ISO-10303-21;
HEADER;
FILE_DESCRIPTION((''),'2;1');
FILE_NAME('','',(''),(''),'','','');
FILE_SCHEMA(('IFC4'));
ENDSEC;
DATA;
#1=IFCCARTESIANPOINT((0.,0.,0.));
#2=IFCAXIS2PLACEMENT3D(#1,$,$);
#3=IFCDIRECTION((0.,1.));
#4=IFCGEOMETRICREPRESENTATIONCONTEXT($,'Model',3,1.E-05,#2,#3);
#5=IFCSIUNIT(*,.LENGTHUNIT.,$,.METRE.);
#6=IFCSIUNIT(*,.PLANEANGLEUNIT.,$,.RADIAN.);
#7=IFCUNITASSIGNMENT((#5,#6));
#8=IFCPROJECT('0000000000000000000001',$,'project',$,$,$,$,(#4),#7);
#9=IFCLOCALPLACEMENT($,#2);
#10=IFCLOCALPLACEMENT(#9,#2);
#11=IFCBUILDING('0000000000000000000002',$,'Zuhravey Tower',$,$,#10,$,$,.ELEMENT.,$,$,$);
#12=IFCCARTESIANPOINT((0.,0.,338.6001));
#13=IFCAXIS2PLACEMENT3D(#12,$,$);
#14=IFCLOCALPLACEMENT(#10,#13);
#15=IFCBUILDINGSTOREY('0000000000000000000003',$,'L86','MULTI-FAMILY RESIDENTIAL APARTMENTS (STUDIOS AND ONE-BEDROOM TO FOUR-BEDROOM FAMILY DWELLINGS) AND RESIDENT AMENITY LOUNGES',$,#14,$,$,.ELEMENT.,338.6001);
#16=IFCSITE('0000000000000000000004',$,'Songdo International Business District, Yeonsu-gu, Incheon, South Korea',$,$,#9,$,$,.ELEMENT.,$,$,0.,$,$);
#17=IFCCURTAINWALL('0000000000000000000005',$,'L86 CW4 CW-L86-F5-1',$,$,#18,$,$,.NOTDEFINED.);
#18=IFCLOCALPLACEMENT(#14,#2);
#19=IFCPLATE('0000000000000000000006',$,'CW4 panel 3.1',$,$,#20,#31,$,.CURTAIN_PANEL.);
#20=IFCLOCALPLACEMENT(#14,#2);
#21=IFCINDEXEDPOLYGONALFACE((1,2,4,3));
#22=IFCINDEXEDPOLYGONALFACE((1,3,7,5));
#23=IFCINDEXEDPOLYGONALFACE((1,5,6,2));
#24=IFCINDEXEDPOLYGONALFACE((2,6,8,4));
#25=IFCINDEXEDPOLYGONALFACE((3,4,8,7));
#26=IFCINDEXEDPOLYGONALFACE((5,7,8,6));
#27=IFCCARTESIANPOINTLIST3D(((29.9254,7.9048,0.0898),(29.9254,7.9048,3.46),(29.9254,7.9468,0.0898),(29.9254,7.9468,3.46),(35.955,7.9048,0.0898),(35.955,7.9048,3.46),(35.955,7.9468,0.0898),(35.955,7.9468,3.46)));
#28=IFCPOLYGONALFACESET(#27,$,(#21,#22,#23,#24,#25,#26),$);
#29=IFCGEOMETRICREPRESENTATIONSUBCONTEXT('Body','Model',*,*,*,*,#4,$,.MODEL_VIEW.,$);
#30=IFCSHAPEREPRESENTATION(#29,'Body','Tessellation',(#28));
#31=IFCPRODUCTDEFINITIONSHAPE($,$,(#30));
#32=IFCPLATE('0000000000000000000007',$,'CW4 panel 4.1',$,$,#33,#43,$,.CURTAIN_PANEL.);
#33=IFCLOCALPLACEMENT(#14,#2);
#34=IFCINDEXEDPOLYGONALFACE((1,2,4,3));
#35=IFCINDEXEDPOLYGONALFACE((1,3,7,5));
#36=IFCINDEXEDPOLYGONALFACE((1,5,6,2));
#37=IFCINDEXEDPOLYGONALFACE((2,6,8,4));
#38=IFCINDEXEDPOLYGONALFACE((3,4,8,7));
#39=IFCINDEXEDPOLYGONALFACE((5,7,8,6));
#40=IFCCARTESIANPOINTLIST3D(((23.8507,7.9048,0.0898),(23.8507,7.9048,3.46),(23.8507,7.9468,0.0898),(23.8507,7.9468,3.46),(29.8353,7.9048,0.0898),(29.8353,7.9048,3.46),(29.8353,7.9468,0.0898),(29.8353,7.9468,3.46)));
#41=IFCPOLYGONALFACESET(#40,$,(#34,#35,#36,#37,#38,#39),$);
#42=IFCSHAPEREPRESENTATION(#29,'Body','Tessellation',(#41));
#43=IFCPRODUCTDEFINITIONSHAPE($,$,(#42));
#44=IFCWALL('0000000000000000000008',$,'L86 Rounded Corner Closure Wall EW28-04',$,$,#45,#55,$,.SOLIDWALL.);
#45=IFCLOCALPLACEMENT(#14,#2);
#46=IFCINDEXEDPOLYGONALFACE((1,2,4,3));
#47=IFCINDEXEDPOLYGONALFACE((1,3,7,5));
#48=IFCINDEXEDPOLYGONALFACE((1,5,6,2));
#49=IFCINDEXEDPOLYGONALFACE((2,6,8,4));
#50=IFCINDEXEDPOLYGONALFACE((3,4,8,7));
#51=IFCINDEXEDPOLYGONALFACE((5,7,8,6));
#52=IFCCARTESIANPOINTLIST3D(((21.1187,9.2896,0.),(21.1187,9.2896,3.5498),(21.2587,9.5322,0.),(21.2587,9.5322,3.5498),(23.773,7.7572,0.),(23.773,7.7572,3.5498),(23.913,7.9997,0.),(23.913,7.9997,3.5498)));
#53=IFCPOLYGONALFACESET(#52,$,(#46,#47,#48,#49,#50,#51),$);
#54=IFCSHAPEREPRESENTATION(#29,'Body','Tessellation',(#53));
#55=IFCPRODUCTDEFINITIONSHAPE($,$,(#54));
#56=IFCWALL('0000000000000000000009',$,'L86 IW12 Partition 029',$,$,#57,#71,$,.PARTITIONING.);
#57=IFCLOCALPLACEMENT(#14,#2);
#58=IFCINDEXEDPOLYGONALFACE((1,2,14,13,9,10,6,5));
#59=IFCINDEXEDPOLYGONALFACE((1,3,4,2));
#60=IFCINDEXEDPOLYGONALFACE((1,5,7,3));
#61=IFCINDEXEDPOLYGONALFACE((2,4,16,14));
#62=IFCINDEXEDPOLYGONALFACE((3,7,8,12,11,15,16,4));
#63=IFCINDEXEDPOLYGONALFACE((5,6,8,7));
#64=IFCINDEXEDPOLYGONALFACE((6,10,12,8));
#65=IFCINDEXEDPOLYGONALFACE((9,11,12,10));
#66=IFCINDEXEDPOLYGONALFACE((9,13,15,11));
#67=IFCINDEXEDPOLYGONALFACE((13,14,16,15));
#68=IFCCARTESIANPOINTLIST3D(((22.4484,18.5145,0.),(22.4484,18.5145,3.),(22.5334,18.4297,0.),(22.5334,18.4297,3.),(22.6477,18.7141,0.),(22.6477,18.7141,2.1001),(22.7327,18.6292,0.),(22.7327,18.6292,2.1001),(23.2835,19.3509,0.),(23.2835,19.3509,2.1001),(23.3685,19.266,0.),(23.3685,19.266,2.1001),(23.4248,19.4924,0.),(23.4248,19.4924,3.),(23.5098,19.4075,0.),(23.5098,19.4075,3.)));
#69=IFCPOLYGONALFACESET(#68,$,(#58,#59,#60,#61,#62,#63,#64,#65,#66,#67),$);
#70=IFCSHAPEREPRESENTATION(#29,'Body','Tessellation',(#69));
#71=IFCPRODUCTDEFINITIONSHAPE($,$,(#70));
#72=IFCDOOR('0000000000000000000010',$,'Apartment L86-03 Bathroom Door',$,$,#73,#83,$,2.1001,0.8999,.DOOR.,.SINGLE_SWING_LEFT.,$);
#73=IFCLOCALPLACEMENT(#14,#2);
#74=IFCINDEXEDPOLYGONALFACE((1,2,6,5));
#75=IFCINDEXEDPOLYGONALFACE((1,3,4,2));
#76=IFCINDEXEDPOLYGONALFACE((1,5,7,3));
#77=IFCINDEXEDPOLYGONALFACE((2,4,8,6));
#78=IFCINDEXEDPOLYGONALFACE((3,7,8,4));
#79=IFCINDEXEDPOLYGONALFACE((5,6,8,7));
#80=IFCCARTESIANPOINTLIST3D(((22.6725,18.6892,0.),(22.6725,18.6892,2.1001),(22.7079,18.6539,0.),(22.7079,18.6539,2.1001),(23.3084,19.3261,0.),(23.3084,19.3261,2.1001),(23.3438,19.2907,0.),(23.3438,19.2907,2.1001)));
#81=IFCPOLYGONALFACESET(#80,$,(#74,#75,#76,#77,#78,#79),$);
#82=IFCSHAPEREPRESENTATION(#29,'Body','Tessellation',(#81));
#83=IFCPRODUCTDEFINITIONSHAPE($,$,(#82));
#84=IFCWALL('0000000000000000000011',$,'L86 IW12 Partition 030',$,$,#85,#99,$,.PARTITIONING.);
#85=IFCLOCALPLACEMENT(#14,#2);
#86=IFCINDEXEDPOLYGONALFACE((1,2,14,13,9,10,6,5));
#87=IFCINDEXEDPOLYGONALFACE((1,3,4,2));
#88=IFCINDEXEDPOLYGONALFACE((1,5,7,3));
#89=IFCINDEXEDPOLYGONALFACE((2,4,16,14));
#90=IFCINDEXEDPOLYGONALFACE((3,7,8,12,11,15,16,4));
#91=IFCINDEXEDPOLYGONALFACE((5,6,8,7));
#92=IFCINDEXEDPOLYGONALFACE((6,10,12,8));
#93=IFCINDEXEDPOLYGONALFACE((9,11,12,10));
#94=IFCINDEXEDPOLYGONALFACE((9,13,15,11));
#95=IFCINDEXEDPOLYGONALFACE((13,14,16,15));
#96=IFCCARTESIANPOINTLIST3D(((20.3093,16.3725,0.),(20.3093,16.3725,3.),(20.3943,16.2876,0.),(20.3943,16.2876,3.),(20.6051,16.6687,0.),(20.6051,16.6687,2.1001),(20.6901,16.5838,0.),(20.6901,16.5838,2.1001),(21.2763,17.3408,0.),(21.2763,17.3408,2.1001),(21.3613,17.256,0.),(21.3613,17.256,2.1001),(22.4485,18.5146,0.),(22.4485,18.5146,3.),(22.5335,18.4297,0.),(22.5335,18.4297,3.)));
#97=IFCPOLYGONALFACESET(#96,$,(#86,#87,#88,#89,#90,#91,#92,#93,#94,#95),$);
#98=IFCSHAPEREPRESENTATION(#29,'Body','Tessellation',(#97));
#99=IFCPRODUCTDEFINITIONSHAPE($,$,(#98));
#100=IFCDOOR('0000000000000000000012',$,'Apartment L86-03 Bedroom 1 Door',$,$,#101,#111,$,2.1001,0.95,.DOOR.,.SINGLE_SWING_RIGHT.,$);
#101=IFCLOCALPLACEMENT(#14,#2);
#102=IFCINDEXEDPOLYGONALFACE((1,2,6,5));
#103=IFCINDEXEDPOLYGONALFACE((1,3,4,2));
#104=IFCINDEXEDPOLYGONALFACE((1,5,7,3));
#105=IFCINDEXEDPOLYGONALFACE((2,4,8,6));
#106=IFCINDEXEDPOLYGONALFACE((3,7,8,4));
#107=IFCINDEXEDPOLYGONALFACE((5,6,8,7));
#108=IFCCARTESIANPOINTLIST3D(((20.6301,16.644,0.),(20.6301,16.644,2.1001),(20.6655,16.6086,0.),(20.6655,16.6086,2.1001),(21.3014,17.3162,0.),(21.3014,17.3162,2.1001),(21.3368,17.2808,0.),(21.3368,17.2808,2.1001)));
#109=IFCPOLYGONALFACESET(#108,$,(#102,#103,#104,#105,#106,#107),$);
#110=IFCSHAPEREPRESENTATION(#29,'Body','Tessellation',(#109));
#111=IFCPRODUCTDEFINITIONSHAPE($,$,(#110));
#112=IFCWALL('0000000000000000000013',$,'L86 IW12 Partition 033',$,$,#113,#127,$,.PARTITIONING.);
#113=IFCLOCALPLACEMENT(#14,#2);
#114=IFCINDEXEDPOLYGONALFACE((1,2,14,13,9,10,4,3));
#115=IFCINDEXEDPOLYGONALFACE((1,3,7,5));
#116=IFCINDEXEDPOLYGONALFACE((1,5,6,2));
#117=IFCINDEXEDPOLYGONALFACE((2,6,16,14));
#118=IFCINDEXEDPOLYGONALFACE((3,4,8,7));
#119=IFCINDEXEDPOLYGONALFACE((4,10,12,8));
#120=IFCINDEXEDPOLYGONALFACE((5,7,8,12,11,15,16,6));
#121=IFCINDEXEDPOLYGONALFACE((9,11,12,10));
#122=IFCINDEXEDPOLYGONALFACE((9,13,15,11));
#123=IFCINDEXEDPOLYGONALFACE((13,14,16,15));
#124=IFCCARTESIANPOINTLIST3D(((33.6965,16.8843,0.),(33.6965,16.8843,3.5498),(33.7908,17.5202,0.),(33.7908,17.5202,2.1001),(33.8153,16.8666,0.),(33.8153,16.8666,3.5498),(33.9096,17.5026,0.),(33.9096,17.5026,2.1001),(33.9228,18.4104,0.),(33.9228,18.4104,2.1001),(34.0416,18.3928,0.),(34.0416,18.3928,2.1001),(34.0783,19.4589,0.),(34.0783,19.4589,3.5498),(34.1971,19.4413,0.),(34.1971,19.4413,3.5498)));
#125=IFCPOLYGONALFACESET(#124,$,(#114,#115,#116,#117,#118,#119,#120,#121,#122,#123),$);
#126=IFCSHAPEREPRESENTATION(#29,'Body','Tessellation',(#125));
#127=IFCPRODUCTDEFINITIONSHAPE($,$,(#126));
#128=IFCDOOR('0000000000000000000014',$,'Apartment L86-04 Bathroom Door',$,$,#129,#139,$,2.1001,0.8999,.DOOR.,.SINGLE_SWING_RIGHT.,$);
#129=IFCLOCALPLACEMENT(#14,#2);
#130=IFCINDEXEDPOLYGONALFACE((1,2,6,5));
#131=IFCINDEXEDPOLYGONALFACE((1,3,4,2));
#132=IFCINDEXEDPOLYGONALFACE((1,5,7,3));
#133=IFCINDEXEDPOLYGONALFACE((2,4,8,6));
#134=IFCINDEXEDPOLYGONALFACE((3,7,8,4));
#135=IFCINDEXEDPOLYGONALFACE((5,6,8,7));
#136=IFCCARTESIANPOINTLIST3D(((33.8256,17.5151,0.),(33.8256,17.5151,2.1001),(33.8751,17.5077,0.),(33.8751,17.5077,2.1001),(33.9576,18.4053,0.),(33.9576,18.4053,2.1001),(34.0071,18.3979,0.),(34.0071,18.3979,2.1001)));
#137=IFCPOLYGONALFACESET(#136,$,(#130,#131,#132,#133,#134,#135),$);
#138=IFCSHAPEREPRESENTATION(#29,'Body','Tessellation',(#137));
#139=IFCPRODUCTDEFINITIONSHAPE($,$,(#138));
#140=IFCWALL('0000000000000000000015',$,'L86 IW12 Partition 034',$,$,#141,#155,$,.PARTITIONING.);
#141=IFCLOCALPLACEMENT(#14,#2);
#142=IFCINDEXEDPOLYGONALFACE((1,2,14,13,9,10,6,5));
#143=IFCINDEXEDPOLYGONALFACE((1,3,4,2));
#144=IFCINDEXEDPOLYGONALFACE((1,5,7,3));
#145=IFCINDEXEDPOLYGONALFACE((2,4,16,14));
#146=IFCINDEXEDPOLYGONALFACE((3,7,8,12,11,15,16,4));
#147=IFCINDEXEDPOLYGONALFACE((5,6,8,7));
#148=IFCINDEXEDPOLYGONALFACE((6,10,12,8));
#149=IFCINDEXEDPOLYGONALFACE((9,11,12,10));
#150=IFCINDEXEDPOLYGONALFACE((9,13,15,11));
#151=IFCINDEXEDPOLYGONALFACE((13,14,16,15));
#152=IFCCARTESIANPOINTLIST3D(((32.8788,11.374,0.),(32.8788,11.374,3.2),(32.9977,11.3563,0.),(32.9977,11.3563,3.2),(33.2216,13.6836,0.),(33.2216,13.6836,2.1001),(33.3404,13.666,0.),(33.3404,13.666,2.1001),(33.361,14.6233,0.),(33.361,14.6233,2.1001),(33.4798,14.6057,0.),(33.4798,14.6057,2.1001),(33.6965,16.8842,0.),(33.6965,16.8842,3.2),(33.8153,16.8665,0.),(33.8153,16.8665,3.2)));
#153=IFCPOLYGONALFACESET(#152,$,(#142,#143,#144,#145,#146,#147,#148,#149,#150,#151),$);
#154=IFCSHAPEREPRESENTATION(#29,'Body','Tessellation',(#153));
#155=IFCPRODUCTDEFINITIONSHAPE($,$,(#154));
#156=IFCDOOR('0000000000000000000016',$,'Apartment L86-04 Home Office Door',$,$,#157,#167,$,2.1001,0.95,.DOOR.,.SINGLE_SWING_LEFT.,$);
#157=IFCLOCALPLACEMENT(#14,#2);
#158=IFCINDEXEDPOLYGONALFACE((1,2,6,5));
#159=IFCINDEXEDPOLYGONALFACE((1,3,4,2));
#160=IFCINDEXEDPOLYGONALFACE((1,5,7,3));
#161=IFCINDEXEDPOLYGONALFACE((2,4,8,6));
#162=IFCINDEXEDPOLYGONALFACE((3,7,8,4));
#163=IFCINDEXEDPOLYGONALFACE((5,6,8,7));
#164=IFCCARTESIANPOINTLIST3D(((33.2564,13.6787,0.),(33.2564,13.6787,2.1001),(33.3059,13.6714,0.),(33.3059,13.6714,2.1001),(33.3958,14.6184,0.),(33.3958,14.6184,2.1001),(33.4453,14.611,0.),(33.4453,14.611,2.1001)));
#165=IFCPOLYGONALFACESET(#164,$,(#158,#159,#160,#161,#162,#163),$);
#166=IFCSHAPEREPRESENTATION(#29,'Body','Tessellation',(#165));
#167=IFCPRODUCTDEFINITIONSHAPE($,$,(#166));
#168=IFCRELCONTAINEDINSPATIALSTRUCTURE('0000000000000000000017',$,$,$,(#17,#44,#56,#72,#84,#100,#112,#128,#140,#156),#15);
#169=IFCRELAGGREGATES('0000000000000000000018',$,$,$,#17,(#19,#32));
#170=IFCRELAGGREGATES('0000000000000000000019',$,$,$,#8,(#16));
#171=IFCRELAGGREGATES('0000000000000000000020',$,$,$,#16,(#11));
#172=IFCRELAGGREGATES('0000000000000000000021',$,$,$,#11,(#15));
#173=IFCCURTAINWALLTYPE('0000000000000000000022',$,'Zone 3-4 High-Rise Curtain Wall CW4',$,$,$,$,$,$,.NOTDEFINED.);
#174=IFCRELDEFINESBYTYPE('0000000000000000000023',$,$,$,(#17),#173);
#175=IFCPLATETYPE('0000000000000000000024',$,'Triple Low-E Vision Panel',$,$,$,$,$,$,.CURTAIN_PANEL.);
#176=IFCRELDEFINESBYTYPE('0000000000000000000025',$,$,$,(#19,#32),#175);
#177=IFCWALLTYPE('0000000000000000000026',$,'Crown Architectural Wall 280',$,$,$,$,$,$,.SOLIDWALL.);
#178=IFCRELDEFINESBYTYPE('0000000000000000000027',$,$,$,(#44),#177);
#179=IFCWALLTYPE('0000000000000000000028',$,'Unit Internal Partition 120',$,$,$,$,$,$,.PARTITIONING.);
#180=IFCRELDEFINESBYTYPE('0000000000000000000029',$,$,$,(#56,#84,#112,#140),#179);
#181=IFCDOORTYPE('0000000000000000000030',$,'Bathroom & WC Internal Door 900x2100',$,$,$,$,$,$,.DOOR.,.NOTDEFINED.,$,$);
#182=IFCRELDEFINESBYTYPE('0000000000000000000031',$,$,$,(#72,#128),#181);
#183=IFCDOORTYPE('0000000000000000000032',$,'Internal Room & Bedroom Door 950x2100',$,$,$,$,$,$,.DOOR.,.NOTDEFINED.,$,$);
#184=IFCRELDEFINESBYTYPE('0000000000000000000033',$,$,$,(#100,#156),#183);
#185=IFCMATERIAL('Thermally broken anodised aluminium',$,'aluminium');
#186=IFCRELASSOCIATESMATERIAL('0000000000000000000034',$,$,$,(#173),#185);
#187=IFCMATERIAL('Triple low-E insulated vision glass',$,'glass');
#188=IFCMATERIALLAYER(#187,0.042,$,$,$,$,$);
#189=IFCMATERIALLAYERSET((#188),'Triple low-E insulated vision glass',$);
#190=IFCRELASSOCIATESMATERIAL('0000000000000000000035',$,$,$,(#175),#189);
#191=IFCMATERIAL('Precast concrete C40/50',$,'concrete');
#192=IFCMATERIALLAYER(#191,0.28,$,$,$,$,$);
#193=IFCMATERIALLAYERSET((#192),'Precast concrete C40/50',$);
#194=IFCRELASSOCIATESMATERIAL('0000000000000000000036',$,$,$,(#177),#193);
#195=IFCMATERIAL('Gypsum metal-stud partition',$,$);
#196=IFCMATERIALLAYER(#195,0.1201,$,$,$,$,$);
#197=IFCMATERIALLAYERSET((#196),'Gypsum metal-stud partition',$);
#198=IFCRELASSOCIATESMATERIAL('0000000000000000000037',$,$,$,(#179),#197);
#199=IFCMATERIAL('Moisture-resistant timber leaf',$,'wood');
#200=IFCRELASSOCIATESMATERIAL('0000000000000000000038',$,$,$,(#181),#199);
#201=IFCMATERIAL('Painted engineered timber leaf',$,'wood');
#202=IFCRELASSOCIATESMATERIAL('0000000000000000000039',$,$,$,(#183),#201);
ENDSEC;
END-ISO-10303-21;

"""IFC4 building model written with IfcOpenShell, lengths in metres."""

from ifc_helpers import new_model, si_unit, direction, frame, frame_2d, origin, origin_2d, place, context, subcontext, project, spatial, rectangle, extrude, material, layer, layer_set, type_object, element, fill, aggregate, save


model = new_model("IFC4")

# Units and contexts
model_context = context("Model", 3, precision=1e-05, world=origin(), true_north=direction((0.0, 1.0)))
body_context = subcontext(model_context, "Body", "Model", "MODEL_VIEW")
ifc_project = project(units=[si_unit("LENGTHUNIT", "METRE"), si_unit("PLANEANGLEUNIT", "RADIAN")], contexts=[model_context])

# Site, building, storey
site_placement = place(None, origin())
site = spatial("IfcSite", under=ifc_project, at=site_placement, Name="Songdo International Business District, Yeonsu-gu, Incheon, South Korea", CompositionType="ELEMENT", RefElevation=0.0)
building_placement = place(site_placement, origin())
building = spatial("IfcBuilding", under=site, at=building_placement, Name="Zuhravey Tower", CompositionType="ELEMENT")
storey_placement = place(building_placement, frame((0.0, 0.0, 338.6001)))
storey = spatial("IfcBuildingStorey", under=building, at=storey_placement, Name="L86", Description="MULTI-FAMILY RESIDENTIAL APARTMENTS (STUDIOS AND ONE-BEDROOM TO FOUR-BEDROOM FAMILY DWELLINGS) AND RESIDENT AMENITY LOUNGES", CompositionType="ELEMENT", Elevation=338.6001)

# Curtain wall
ifc_material_1 = material(Name="Thermally broken anodised aluminium", Category="aluminium")
curtain_wall_type = type_object("IfcCurtainWallType", Name="Zone 3-4 High-Rise Curtain Wall CW4", PredefinedType="NOTDEFINED", material=ifc_material_1)
curtain_wall_1_placement = place(storey_placement, origin())
curtain_wall_1 = element("IfcCurtainWall", 1, at=curtain_wall_1_placement, inside=storey, type_object=curtain_wall_type, Name="L86 CW4 CW-L86-F5-1", PredefinedType="NOTDEFINED")

# Plates
ifc_material_2 = material(Name="Triple low-E insulated vision glass", Category="glass")
ifc_layer_1 = layer(ifc_material_2, 0.042)
ifc_layer_set_1 = layer_set([ifc_layer_1], Name="Triple low-E insulated vision glass")
plate_type_1 = type_object("IfcPlateType", Name="Triple Low-E Vision Panel", PredefinedType="CURTAIN_PANEL", material=ifc_layer_set_1)
plate_1_placement = place(storey_placement, frame((32.9402, 7.9258, 0.0898), z_axis=(0.0, 0.0, 1.0), x_axis=(-1.0, 0.0, 0.0)))
plate_1 = element("IfcPlate", 2, at=plate_1_placement, type_object=plate_type_1, Name="CW4 panel 3.1", PredefinedType="CURTAIN_PANEL", context=body_context, shape_type="SweptSolid", body=[
    extrude(rectangle(XDim=6.0295, YDim=0.042, at=origin_2d()), origin(), (0.0, 0.0, 1.0), 3.3701),
])
plate_2_placement = place(storey_placement, frame((26.843, 7.9258, 0.0898), z_axis=(0.0, 0.0, 1.0), x_axis=(-1.0, 0.0, 0.0)))
plate_2 = element("IfcPlate", 3, at=plate_2_placement, type_object=plate_type_1, Name="CW4 panel 4.1", PredefinedType="CURTAIN_PANEL", context=body_context, shape_type="SweptSolid", body=[
    extrude(rectangle(XDim=5.9846, YDim=0.042, at=origin_2d()), origin(), (0.0, 0.0, 1.0), 3.3701),
])
aggregate(curtain_wall_1, [plate_1, plate_2])

# Wall
ifc_material_3 = material(Name="Precast concrete C40/50", Category="concrete")
ifc_layer_2 = layer(ifc_material_3, 0.28)
ifc_layer_set_2 = layer_set([ifc_layer_2], Name="Precast concrete C40/50")
wall_type_1 = type_object("IfcWallType", Name="Crown Architectural Wall 280", PredefinedType="SOLIDWALL", material=ifc_layer_set_2)
wall_1_placement = place(storey_placement, frame((23.843, 7.8784, 0.0), z_axis=(0.0, 0.0, 1.0), x_axis=(-0.866024, 0.500003, 0.0)))
element("IfcWall", 4, at=wall_1_placement, inside=storey, type_object=wall_type_1, Name="L86 Rounded Corner Closure Wall EW28-04", PredefinedType="SOLIDWALL", context=body_context, shape_type="SweptSolid", body=[
    extrude(rectangle(XDim=3.0649, YDim=0.28, at=frame_2d((1.5325, 0.0))), origin(), (0.0, 0.0, 1.0), 3.5498),
])

# Walls, openings, doors
ifc_material_4 = material(Name="Gypsum metal-stud partition")
ifc_layer_3 = layer(ifc_material_4, 0.1201)
ifc_layer_set_3 = layer_set([ifc_layer_3], Name="Gypsum metal-stud partition")
wall_type_2 = type_object("IfcWallType", Name="Unit Internal Partition 120", PredefinedType="PARTITIONING", material=ifc_layer_set_3)
wall_2_placement = place(storey_placement, frame((23.4673, 19.45, 0.0), z_axis=(0.0, 0.0, 1.0), x_axis=(-0.706577, -0.707637, 0.0)))
wall_2 = element("IfcWall", 5, at=wall_2_placement, inside=storey, type_object=wall_type_2, Name="L86 IW12 Partition 029", PredefinedType="PARTITIONING", context=body_context, shape_type="SweptSolid", body=[
    extrude(rectangle(XDim=1.3818, YDim=0.1201, at=frame_2d((0.6909, 0.0))), origin(), (0.0, 0.0, 1.0), 3.0),
])
opening_1_placement = place(wall_2_placement, frame((0.2, 0.0, 0.0)))
opening_1 = element("IfcOpeningElement", 6, at=opening_1_placement, cuts=wall_2, PredefinedType="OPENING", context=body_context, shape_type="SweptSolid", body=[
    extrude(rectangle(XDim=0.8999, YDim=2.1001, at=frame_2d((0.45, 1.05))), frame((0.0, 0.072, 0.0), z_axis=(0.0, -1.0, 0.0), x_axis=(1.0, 0.0, 0.0)), (0.0, 0.0, 1.0), 0.144),
])
ifc_material_5 = material(Name="Moisture-resistant timber leaf", Category="wood")
door_type_1 = type_object("IfcDoorType", Name="Bathroom & WC Internal Door 900x2100", OperationType="NOTDEFINED", PredefinedType="DOOR", material=ifc_material_5)
door_1_placement = place(opening_1_placement, frame((0.8999, 0.0, 0.0), z_axis=(0.0, 0.0, 1.0), x_axis=(-1.0, 0.0, 0.0)))
door_1 = element("IfcDoor", 7, at=door_1_placement, inside=storey, type_object=door_type_1, Name="Apartment L86-03 Bathroom Door", OperationType="SINGLE_SWING_LEFT", OverallHeight=2.1001, OverallWidth=0.8999, PredefinedType="DOOR", context=body_context, shape_type="SweptSolid", body=[
    extrude(rectangle(XDim=0.8999, YDim=2.1001, at=frame_2d((0.45, 1.05))), frame((0.0, 0.0249, 0.0), z_axis=(0.0, -1.0, 0.0), x_axis=(1.0, 0.0, 0.0)), (0.0, 0.0, 1.0), 0.05),
])
fill(opening_1, door_1)
wall_3_placement = place(storey_placement, frame((22.491, 18.4722, 0.0), z_axis=(0.0, 0.0, 1.0), x_axis=(-0.706623, -0.70759, 0.0)))
wall_3 = element("IfcWall", 8, at=wall_3_placement, inside=storey, type_object=wall_type_2, Name="L86 IW12 Partition 030", PredefinedType="PARTITIONING", context=body_context, shape_type="SweptSolid", body=[
    extrude(rectangle(XDim=3.0273, YDim=0.1201, at=frame_2d((1.5137, 0.0))), origin(), (0.0, 0.0, 1.0), 3.0),
])
opening_2_placement = place(wall_3_placement, frame((1.6587, 0.0, 0.0)))
opening_2 = element("IfcOpeningElement", 9, at=opening_2_placement, cuts=wall_3, PredefinedType="OPENING", context=body_context, shape_type="SweptSolid", body=[
    extrude(rectangle(XDim=0.95, YDim=2.1001, at=frame_2d((0.4751, 1.05))), frame((0.0, 0.072, 0.0), z_axis=(0.0, -1.0, 0.0), x_axis=(1.0, 0.0, 0.0)), (0.0, 0.0, 1.0), 0.144),
])
ifc_material_6 = material(Name="Painted engineered timber leaf", Category="wood")
door_type_2 = type_object("IfcDoorType", Name="Internal Room & Bedroom Door 950x2100", OperationType="NOTDEFINED", PredefinedType="DOOR", material=ifc_material_6)
door_2_placement = place(opening_2_placement, frame((0.95, 0.0, 0.0), z_axis=(0.0, 0.0, 1.0), x_axis=(-1.0, 0.0, 0.0)))
door_2 = element("IfcDoor", 10, at=door_2_placement, inside=storey, type_object=door_type_2, Name="Apartment L86-03 Bedroom 1 Door", OperationType="SINGLE_SWING_RIGHT", OverallHeight=2.1001, OverallWidth=0.95, PredefinedType="DOOR", context=body_context, shape_type="SweptSolid", body=[
    extrude(rectangle(XDim=0.95, YDim=2.1001, at=frame_2d((0.4751, 1.05))), frame((0.0, 0.0249, 0.0), z_axis=(0.0, -1.0, 0.0), x_axis=(1.0, 0.0, 0.0)), (0.0, 0.0, 1.0), 0.05),
])
fill(opening_2, door_2)
wall_4_placement = place(storey_placement, frame((34.1377, 19.45, 0.0), z_axis=(0.0, 0.0, 1.0), x_axis=(-0.146698, -0.989181, 0.0)))
wall_4 = element("IfcWall", 11, at=wall_4_placement, inside=storey, type_object=wall_type_2, Name="L86 IW12 Partition 033", PredefinedType="PARTITIONING", context=body_context, shape_type="SweptSolid", body=[
    extrude(rectangle(XDim=2.6028, YDim=0.1201, at=frame_2d((1.3013, 0.0))), origin(), (0.0, 0.0, 1.0), 3.5498),
])
opening_3_placement = place(wall_4_placement, frame((1.0598, 0.0, 0.0)))
opening_3 = element("IfcOpeningElement", 12, at=opening_3_placement, cuts=wall_4, PredefinedType="OPENING", context=body_context, shape_type="SweptSolid", body=[
    extrude(rectangle(XDim=0.8999, YDim=2.1001, at=frame_2d((0.45, 1.05))), frame((0.0, 0.072, 0.0), z_axis=(0.0, -1.0, 0.0), x_axis=(1.0, 0.0, 0.0)), (0.0, 0.0, 1.0), 0.144),
])
door_3_placement = place(opening_3_placement, frame((0.8999, 0.0, 0.0), z_axis=(0.0, 0.0, 1.0), x_axis=(-1.0, 0.0, 0.0)))
door_3 = element("IfcDoor", 13, at=door_3_placement, inside=storey, type_object=door_type_1, Name="Apartment L86-04 Bathroom Door", OperationType="SINGLE_SWING_RIGHT", OverallHeight=2.1001, OverallWidth=0.8999, PredefinedType="DOOR", context=body_context, shape_type="SweptSolid", body=[
    extrude(rectangle(XDim=0.8999, YDim=2.1001, at=frame_2d((0.45, 1.05))), frame((0.0, 0.0249, 0.0), z_axis=(0.0, -1.0, 0.0), x_axis=(1.0, 0.0, 0.0)), (0.0, 0.0, 1.0), 0.05),
])
fill(opening_3, door_3)
wall_5_placement = place(storey_placement, frame((33.7559, 16.8752, 0.0), z_axis=(0.0, 0.0, 1.0), x_axis=(-0.146776, -0.98917, 0.0)))
wall_5 = element("IfcWall", 14, at=wall_5_placement, inside=storey, type_object=wall_type_2, Name="L86 IW12 Partition 034", PredefinedType="PARTITIONING", context=body_context, shape_type="SweptSolid", body=[
    extrude(rectangle(XDim=5.5706, YDim=0.1201, at=frame_2d((2.7852, 0.0))), origin(), (0.0, 0.0, 1.0), 3.2),
])
opening_4_placement = place(wall_5_placement, frame((2.2854, 0.0, 0.0)))
opening_4 = element("IfcOpeningElement", 15, at=opening_4_placement, cuts=wall_5, PredefinedType="OPENING", context=body_context, shape_type="SweptSolid", body=[
    extrude(rectangle(XDim=0.95, YDim=2.1001, at=frame_2d((0.4751, 1.05))), frame((0.0, 0.072, 0.0), z_axis=(0.0, -1.0, 0.0), x_axis=(1.0, 0.0, 0.0)), (0.0, 0.0, 1.0), 0.144),
])
door_4_placement = place(opening_4_placement, frame((0.95, 0.0, 0.0), z_axis=(0.0, 0.0, 1.0), x_axis=(-1.0, 0.0, 0.0)))
door_4 = element("IfcDoor", 16, at=door_4_placement, inside=storey, type_object=door_type_2, Name="Apartment L86-04 Home Office Door", OperationType="SINGLE_SWING_LEFT", OverallHeight=2.1001, OverallWidth=0.95, PredefinedType="DOOR", context=body_context, shape_type="SweptSolid", body=[
    extrude(rectangle(XDim=0.95, YDim=2.1001, at=frame_2d((0.4751, 1.05))), frame((0.0, 0.0249, 0.0), z_axis=(0.0, -1.0, 0.0), x_axis=(1.0, 0.0, 0.0)), (0.0, 0.0, 1.0), 0.05),
])
fill(opening_4, door_4)

save(model, "model.ifc")
